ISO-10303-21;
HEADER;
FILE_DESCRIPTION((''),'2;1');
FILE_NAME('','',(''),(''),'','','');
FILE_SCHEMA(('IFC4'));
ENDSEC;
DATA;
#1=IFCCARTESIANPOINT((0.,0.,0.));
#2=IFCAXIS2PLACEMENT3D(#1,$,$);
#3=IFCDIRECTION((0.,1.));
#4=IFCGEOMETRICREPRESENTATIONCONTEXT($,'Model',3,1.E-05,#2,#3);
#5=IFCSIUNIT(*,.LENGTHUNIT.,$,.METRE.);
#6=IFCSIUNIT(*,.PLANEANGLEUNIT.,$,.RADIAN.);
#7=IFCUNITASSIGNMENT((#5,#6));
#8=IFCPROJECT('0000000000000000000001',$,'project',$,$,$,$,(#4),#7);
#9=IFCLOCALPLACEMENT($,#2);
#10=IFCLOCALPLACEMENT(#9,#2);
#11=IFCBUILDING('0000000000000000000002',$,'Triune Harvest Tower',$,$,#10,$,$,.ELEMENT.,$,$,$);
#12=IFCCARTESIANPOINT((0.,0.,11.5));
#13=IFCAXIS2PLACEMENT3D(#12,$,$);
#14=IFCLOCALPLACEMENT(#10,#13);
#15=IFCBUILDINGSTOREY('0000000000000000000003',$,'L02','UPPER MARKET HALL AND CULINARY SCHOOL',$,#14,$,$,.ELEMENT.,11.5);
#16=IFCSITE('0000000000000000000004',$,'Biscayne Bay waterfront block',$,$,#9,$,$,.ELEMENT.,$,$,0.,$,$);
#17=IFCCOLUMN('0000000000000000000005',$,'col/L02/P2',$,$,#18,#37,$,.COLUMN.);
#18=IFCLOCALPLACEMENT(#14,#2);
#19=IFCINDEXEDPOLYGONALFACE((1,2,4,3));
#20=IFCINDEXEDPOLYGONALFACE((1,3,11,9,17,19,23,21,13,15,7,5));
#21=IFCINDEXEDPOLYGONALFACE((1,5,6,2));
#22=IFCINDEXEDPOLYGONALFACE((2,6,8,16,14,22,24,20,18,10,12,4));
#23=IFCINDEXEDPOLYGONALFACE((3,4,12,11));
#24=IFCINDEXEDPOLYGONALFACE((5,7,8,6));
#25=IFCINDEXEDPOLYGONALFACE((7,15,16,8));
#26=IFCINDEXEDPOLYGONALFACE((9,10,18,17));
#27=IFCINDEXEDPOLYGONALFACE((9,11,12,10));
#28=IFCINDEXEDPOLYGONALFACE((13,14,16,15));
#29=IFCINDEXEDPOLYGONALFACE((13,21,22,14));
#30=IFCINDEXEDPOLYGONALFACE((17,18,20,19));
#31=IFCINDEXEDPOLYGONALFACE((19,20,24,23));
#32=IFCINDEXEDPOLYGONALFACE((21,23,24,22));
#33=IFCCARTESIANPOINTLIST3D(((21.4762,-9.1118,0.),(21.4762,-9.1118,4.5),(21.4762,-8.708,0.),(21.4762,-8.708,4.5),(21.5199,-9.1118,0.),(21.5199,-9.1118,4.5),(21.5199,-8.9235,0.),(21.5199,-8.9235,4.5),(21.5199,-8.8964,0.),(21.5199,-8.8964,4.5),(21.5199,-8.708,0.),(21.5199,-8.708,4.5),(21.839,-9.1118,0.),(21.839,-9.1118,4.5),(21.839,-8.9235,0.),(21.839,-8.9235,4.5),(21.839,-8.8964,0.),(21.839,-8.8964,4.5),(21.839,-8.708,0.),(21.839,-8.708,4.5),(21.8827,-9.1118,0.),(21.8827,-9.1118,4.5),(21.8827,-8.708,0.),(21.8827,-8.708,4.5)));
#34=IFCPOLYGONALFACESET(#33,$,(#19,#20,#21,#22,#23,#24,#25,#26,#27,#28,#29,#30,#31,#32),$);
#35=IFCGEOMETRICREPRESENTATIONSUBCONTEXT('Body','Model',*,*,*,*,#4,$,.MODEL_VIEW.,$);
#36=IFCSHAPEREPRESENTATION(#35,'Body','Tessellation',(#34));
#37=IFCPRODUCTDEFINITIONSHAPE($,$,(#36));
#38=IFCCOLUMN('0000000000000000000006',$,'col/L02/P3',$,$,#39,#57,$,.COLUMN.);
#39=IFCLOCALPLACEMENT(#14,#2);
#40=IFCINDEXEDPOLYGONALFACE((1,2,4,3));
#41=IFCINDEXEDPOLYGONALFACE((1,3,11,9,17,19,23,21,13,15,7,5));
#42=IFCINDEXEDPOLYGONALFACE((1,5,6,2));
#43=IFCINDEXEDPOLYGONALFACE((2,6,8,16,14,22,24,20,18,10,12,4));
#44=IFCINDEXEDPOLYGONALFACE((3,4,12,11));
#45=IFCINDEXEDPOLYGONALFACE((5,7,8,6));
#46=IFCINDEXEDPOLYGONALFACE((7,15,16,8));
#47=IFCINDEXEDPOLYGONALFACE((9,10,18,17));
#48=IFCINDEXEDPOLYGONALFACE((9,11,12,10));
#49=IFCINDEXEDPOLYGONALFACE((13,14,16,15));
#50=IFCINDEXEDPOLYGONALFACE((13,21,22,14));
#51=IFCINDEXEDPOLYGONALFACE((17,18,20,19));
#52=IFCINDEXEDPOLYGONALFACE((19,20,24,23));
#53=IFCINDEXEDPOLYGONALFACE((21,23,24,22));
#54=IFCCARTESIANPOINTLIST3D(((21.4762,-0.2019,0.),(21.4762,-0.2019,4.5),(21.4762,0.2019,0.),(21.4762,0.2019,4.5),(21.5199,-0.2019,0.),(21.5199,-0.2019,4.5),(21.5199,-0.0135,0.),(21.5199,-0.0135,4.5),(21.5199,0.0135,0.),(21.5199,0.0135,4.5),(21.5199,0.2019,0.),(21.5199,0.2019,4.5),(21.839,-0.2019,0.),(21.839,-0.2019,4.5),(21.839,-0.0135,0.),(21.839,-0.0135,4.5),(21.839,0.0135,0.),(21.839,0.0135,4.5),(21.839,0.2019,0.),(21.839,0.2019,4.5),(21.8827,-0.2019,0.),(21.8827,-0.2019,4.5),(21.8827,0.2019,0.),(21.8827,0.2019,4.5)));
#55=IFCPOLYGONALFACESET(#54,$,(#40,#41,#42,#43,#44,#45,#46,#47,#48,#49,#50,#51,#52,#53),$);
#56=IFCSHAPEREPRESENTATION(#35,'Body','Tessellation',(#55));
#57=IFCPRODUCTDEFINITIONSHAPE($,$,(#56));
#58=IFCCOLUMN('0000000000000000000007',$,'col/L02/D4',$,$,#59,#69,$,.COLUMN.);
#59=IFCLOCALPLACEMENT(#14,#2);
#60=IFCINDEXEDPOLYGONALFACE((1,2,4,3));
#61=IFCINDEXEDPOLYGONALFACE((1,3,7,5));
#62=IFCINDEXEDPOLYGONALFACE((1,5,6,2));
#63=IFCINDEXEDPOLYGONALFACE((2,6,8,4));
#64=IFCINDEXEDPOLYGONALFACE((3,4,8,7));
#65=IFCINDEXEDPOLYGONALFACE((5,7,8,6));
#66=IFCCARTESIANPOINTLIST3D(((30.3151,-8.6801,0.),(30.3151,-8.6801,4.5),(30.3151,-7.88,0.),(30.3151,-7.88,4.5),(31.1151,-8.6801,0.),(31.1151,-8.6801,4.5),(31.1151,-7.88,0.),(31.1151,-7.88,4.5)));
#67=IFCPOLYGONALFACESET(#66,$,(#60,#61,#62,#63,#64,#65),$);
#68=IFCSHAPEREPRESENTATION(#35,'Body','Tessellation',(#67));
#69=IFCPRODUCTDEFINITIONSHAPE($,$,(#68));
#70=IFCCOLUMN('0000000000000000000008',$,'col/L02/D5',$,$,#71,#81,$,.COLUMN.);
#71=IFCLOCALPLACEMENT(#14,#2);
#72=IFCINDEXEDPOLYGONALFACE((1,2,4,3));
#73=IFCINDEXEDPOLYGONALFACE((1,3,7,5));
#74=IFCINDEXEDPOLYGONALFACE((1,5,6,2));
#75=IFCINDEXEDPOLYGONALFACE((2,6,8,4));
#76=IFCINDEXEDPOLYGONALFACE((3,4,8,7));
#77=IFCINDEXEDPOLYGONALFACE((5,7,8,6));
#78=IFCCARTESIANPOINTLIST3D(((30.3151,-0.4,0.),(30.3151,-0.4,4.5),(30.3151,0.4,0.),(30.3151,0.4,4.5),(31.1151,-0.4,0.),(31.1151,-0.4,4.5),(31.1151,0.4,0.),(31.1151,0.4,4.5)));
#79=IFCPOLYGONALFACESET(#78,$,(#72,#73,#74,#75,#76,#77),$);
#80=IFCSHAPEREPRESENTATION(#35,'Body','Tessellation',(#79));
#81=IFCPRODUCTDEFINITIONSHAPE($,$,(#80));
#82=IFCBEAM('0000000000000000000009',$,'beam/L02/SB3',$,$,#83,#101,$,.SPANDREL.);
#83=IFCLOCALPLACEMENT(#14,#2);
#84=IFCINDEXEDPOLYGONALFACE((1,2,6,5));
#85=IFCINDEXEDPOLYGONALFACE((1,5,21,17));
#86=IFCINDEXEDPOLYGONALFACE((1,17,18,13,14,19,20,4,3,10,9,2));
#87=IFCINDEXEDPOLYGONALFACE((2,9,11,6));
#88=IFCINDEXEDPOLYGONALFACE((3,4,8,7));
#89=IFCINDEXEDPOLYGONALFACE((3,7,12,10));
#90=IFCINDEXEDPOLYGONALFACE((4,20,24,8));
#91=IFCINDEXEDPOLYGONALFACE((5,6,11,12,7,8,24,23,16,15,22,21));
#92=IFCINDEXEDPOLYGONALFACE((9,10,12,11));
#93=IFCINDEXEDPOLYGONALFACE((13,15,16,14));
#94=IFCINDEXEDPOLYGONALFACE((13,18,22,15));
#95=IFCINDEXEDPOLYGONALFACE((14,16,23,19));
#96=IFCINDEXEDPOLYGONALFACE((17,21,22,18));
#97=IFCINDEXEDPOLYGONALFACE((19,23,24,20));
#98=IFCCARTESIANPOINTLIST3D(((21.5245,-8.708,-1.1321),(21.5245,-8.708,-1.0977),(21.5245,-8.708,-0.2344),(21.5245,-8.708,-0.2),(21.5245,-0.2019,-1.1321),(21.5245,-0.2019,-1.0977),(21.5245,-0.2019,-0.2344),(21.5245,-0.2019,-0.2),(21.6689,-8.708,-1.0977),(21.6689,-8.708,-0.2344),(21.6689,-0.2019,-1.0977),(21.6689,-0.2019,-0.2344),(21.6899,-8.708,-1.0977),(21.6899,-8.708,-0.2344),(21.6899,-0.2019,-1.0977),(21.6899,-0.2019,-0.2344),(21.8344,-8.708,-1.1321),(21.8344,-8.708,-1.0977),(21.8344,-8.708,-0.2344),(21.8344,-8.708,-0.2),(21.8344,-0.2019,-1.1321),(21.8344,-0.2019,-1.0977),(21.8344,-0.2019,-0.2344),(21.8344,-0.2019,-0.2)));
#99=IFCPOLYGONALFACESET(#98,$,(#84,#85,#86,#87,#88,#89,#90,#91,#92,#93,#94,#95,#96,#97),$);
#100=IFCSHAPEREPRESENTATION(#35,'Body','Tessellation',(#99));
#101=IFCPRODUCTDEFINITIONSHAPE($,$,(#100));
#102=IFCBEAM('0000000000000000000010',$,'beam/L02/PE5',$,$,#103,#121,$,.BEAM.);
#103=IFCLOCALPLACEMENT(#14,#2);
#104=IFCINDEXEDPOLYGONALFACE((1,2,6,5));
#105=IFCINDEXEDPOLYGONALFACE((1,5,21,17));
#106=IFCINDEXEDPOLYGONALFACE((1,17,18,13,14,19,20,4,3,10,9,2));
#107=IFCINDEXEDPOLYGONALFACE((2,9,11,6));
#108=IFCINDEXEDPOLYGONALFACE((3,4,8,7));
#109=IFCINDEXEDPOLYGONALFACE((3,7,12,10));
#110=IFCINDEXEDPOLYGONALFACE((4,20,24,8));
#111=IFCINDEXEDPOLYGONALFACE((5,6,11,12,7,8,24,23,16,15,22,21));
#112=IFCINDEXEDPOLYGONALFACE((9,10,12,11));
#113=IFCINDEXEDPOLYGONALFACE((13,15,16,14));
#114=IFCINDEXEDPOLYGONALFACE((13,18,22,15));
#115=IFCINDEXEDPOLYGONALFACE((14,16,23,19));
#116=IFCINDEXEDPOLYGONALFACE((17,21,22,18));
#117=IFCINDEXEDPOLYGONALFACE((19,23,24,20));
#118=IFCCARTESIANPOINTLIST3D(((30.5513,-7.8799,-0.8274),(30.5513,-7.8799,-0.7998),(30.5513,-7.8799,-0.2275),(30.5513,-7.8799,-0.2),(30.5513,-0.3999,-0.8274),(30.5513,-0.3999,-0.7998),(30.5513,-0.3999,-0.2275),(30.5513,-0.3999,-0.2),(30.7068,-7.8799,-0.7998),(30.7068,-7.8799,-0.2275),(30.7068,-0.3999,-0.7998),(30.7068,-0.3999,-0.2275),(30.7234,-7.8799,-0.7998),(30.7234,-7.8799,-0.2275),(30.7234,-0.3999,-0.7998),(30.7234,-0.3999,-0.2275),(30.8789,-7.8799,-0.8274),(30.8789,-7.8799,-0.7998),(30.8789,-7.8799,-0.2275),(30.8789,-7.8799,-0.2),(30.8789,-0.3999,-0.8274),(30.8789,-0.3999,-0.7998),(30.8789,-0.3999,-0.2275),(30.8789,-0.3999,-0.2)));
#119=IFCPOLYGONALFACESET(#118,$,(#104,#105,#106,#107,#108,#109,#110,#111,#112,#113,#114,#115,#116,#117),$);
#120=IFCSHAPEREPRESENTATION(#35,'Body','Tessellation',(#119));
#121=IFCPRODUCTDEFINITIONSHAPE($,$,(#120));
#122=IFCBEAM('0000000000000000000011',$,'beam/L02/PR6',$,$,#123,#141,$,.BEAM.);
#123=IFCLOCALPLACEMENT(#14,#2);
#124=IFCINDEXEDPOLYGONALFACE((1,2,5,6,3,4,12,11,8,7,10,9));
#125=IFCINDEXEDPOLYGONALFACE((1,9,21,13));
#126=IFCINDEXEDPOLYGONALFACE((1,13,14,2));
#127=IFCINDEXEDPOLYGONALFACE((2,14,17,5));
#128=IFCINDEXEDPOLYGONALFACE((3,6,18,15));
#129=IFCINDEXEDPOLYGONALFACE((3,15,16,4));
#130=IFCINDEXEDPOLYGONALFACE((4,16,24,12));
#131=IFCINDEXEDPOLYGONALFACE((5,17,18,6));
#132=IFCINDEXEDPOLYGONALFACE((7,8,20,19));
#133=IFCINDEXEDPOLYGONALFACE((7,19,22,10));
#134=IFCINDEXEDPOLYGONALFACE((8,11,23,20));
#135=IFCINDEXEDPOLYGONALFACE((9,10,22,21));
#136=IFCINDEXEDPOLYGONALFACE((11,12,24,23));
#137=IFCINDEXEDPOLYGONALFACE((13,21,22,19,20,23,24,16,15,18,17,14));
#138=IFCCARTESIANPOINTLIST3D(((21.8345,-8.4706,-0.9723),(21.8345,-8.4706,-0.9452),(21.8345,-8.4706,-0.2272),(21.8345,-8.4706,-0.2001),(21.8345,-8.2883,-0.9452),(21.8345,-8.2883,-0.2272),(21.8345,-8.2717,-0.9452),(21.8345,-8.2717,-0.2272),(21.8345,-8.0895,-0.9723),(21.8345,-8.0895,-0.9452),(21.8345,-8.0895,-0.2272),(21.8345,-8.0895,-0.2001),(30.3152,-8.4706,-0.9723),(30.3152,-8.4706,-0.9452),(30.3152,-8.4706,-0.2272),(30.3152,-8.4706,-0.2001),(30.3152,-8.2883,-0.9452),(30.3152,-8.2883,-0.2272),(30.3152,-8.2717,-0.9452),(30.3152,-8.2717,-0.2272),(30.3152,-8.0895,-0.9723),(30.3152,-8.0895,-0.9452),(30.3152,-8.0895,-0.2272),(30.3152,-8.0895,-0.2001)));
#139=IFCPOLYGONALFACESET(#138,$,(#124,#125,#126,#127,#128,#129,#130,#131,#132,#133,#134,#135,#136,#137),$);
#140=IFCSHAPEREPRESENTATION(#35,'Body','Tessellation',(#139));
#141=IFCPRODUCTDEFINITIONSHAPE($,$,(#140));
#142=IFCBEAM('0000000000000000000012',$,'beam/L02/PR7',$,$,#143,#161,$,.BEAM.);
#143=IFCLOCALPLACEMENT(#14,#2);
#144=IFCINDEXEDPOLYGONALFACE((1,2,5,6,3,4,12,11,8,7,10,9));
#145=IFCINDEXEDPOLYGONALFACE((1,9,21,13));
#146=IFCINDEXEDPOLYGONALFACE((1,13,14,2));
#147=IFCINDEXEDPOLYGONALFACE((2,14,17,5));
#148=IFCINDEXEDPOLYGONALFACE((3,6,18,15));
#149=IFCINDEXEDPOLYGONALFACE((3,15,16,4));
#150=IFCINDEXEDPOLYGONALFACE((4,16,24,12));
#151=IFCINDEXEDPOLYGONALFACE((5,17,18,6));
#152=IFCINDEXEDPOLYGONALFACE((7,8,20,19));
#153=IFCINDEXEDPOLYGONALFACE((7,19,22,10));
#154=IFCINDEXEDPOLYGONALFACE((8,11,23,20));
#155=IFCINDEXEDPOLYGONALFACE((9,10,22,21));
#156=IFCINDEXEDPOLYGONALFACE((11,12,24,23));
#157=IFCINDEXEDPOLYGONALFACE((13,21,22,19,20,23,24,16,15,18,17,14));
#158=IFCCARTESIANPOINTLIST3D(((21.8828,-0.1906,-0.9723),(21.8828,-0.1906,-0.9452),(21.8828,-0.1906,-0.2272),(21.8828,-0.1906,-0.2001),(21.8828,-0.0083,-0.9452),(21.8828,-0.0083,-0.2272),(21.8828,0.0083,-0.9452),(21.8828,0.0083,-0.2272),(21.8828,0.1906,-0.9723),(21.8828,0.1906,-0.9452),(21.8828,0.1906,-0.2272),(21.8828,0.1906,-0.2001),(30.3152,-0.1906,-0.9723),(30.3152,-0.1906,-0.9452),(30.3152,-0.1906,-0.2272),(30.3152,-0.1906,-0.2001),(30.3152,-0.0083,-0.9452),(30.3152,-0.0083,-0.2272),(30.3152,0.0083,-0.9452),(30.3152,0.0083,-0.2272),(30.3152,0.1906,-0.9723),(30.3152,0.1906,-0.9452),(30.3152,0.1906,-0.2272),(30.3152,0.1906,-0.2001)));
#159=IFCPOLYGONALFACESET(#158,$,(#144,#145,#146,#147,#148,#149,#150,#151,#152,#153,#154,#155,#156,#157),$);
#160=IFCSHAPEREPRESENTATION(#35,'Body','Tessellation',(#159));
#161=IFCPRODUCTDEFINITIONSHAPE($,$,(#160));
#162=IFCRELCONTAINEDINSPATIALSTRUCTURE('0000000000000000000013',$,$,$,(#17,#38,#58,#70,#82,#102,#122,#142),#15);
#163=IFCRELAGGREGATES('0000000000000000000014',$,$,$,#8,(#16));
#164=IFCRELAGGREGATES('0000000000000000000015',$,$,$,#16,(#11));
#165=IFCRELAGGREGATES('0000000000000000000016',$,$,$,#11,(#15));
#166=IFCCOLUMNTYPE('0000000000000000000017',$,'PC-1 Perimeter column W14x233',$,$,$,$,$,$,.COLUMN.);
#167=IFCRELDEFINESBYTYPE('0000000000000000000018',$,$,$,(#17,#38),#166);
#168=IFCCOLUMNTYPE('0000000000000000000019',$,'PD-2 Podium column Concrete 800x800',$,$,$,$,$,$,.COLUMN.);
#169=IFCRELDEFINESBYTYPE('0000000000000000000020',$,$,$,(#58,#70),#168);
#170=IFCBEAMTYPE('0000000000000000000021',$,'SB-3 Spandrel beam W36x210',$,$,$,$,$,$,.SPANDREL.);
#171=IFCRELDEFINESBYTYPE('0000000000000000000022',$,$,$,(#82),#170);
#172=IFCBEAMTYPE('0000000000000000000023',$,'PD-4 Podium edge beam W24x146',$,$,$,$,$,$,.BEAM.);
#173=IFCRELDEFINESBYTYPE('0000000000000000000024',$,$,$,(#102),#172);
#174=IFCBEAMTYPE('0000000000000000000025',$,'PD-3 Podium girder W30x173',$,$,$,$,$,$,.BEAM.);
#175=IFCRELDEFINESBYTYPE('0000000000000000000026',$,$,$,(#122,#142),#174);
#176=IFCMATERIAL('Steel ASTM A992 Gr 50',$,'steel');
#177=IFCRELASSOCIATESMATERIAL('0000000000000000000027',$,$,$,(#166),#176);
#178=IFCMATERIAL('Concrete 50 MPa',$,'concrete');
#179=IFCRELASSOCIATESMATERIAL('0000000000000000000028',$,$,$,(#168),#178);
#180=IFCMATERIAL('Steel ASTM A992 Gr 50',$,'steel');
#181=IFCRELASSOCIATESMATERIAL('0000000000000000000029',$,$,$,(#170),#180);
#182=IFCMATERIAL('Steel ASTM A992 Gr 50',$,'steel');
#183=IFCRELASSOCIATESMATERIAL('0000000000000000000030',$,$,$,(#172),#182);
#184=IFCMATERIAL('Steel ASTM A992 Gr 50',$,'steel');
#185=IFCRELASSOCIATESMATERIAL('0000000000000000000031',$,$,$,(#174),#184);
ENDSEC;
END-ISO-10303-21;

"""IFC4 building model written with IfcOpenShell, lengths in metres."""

from ifc_helpers import new_model, si_unit, direction, frame, origin, origin_2d, place, context, subcontext, project, spatial, rectangle, i_section, extrude, source, transform, mapped, material, material_profile, profile_set, type_object, element, save


model = new_model("IFC4")

# Units and contexts
model_context = context("Model", 3, precision=1e-05, world=origin(), true_north=direction((0.0, 1.0)))
body_context = subcontext(model_context, "Body", "Model", "MODEL_VIEW")
ifc_project = project(units=[si_unit("LENGTHUNIT", "METRE"), si_unit("PLANEANGLEUNIT", "RADIAN")], contexts=[model_context])

# Site, building, storey
site_placement = place(None, origin())
site = spatial("IfcSite", under=ifc_project, at=site_placement, Name="Biscayne Bay waterfront block", CompositionType="ELEMENT", RefElevation=0.0)
building_placement = place(site_placement, origin())
building = spatial("IfcBuilding", under=site, at=building_placement, Name="Triune Harvest Tower", CompositionType="ELEMENT")
storey_placement = place(building_placement, frame((0.0, 0.0, 11.5)))
storey = spatial("IfcBuildingStorey", under=building, at=storey_placement, Name="L02", Description="UPPER MARKET HALL AND CULINARY SCHOOL", CompositionType="ELEMENT", Elevation=11.5)

# Columns
ifc_material_1 = material(Name="Steel ASTM A992 Gr 50", Category="steel")
ifc_material_profile_1 = material_profile(ifc_material_1, i_section(OverallWidth=0.4038, OverallDepth=0.4065, WebThickness=0.0271, FlangeThickness=0.0437, at=origin_2d()), Name="W14x233")
ifc_profile_set_1 = profile_set([ifc_material_profile_1], Name="Steel ASTM A992 Gr 50")
column_type_1 = type_object("IfcColumnType", Name="PC-1 Perimeter column W14x233", PredefinedType="COLUMN", material=ifc_profile_set_1)
shared_shape_1 = source(origin(), body_context, "Body", "SweptSolid", [
    extrude(i_section(OverallWidth=0.4038, OverallDepth=0.4065, WebThickness=0.0271, FlangeThickness=0.0437, at=origin_2d()), origin(), (0.0, 0.0, 1.0), 4.5),
])
for number, where, z_axis, x_axis, name in (
    (1, (21.6794, -8.9099, 0.0), (0.0, 0.0, 1.0), (0.0, 1.0, 0.0), "col/L02/P2"),
    (2, (21.6794, 0.0, 0.0), (0.0, 0.0, 1.0), (0.0, 1.0, 0.0), "col/L02/P3"),
):
    element("IfcColumn", number, at=place(storey_placement, frame(where, z_axis=z_axis, x_axis=x_axis)), inside=storey, type_object=column_type_1, Name=name, PredefinedType="COLUMN", context=body_context, shape_type="MappedRepresentation", body=[
        mapped(shared_shape_1, transform((0.0, 0.0, 0.0), scale=1.0)),
    ])
ifc_material_2 = material(Name="Concrete 50 MPa", Category="concrete")
ifc_material_profile_2 = material_profile(ifc_material_2, rectangle(XDim=0.8, YDim=0.8, at=origin_2d()), Name="Concrete 800x800")
ifc_profile_set_2 = profile_set([ifc_material_profile_2], Name="Concrete 50 MPa")
column_type_2 = type_object("IfcColumnType", Name="PD-2 Podium column Concrete 800x800", PredefinedType="COLUMN", material=ifc_profile_set_2)
shared_shape_2 = source(origin(), body_context, "Body", "SweptSolid", [
    extrude(rectangle(XDim=0.8, YDim=0.8, at=origin_2d()), origin(), (0.0, 0.0, 1.0), 4.5),
])
for number, where, z_axis, x_axis, name in (
    (3, (30.7151, -8.28, 0.0), (0.0, 0.0, 1.0), (0.0, 1.0, 0.0), "col/L02/D4"),
    (4, (30.7151, 0.0, 0.0), (0.0, 0.0, 1.0), (0.0, 1.0, 0.0), "col/L02/D5"),
):
    element("IfcColumn", number, at=place(storey_placement, frame(where, z_axis=z_axis, x_axis=x_axis)), inside=storey, type_object=column_type_2, Name=name, PredefinedType="COLUMN", context=body_context, shape_type="MappedRepresentation", body=[
        mapped(shared_shape_2, transform((0.0, 0.0, 0.0), scale=1.0)),
    ])

# Beams
ifc_material_3 = material(Name="Steel ASTM A992 Gr 50", Category="steel")
ifc_material_profile_3 = material_profile(ifc_material_3, i_section(OverallWidth=0.3098, OverallDepth=0.9321, WebThickness=0.021, FlangeThickness=0.0344, at=origin_2d()), Name="W36x210")
ifc_profile_set_3 = profile_set([ifc_material_profile_3], Name="Steel ASTM A992 Gr 50")
beam_type_1 = type_object("IfcBeamType", Name="SB-3 Spandrel beam W36x210", PredefinedType="SPANDREL", material=ifc_profile_set_3)
shared_shape_3 = source(origin(), body_context, "Body", "SweptSolid", [
    extrude(i_section(OverallWidth=0.3098, OverallDepth=0.9321, WebThickness=0.021, FlangeThickness=0.0344, at=origin_2d()), origin(), (0.0, 0.0, 1.0), 8.5061),
])
beam_1_placement = place(storey_placement, frame((21.6794, -8.708, -0.666), z_axis=(0.0, 1.0, 0.0), x_axis=(-1.0, 0.0, 0.0)))
element("IfcBeam", 5, at=beam_1_placement, inside=storey, type_object=beam_type_1, Name="beam/L02/SB3", PredefinedType="SPANDREL", context=body_context, shape_type="MappedRepresentation", body=[
    mapped(shared_shape_3, transform((0.0, 0.0, 0.0), scale=1.0)),
])
ifc_material_4 = material(Name="Steel ASTM A992 Gr 50", Category="steel")
ifc_material_profile_4 = material_profile(ifc_material_4, i_section(OverallWidth=0.3276, OverallDepth=0.6274, WebThickness=0.0166, FlangeThickness=0.0276, at=origin_2d()), Name="W24x146")
ifc_profile_set_4 = profile_set([ifc_material_profile_4], Name="Steel ASTM A992 Gr 50")
beam_type_2 = type_object("IfcBeamType", Name="PD-4 Podium edge beam W24x146", PredefinedType="BEAM", material=ifc_profile_set_4)
shared_shape_4 = source(origin(), body_context, "Body", "SweptSolid", [
    extrude(i_section(OverallWidth=0.3276, OverallDepth=0.6274, WebThickness=0.0166, FlangeThickness=0.0276, at=origin_2d()), origin(), (0.0, 0.0, 1.0), 7.48),
])
beam_2_placement = place(storey_placement, frame((30.7151, -7.8799, -0.5137), z_axis=(0.0, 1.0, 0.0), x_axis=(-1.0, 0.0, 0.0)))
element("IfcBeam", 6, at=beam_2_placement, inside=storey, type_object=beam_type_2, Name="beam/L02/PE5", PredefinedType="BEAM", context=body_context, shape_type="MappedRepresentation", body=[
    mapped(shared_shape_4, transform((0.0, 0.0, 0.0), scale=1.0)),
])
ifc_material_5 = material(Name="Steel ASTM A992 Gr 50", Category="steel")
ifc_material_profile_5 = material_profile(ifc_material_5, i_section(OverallWidth=0.3811, OverallDepth=0.7722, WebThickness=0.0166, FlangeThickness=0.0271, at=origin_2d()), Name="W30x173")
ifc_profile_set_5 = profile_set([ifc_material_profile_5], Name="Steel ASTM A992 Gr 50")
beam_type_3 = type_object("IfcBeamType", Name="PD-3 Podium girder W30x173", PredefinedType="BEAM", material=ifc_profile_set_5)
shared_shape_5 = source(origin(), body_context, "Body", "SweptSolid", [
    extrude(i_section(OverallWidth=0.3811, OverallDepth=0.7722, WebThickness=0.0166, FlangeThickness=0.0271, at=origin_2d()), origin(), (0.0, 0.0, 1.0), 8.4807),
])
beam_3_placement = place(storey_placement, frame((30.3152, -8.28, -0.5862), z_axis=(-1.0, 0.0, 0.0), x_axis=(0.0, -1.0, 0.0)))
element("IfcBeam", 7, at=beam_3_placement, inside=storey, type_object=beam_type_3, Name="beam/L02/PR6", PredefinedType="BEAM", context=body_context, shape_type="MappedRepresentation", body=[
    mapped(shared_shape_5, transform((0.0, 0.0, 0.0), scale=1.0)),
])
shared_shape_6 = source(origin(), body_context, "Body", "SweptSolid", [
    extrude(i_section(OverallWidth=0.3811, OverallDepth=0.7722, WebThickness=0.0166, FlangeThickness=0.0271, at=origin_2d()), origin(), (0.0, 0.0, 1.0), 8.4324),
])
beam_4_placement = place(storey_placement, frame((30.3152, 0.0, -0.5862), z_axis=(-1.0, 0.0, 0.0), x_axis=(0.0, -1.0, 0.0)))
element("IfcBeam", 8, at=beam_4_placement, inside=storey, type_object=beam_type_3, Name="beam/L02/PR7", PredefinedType="BEAM", context=body_context, shape_type="MappedRepresentation", body=[
    mapped(shared_shape_6, transform((0.0, 0.0, 0.0), scale=1.0)),
])

save(model, "model.ifc")
